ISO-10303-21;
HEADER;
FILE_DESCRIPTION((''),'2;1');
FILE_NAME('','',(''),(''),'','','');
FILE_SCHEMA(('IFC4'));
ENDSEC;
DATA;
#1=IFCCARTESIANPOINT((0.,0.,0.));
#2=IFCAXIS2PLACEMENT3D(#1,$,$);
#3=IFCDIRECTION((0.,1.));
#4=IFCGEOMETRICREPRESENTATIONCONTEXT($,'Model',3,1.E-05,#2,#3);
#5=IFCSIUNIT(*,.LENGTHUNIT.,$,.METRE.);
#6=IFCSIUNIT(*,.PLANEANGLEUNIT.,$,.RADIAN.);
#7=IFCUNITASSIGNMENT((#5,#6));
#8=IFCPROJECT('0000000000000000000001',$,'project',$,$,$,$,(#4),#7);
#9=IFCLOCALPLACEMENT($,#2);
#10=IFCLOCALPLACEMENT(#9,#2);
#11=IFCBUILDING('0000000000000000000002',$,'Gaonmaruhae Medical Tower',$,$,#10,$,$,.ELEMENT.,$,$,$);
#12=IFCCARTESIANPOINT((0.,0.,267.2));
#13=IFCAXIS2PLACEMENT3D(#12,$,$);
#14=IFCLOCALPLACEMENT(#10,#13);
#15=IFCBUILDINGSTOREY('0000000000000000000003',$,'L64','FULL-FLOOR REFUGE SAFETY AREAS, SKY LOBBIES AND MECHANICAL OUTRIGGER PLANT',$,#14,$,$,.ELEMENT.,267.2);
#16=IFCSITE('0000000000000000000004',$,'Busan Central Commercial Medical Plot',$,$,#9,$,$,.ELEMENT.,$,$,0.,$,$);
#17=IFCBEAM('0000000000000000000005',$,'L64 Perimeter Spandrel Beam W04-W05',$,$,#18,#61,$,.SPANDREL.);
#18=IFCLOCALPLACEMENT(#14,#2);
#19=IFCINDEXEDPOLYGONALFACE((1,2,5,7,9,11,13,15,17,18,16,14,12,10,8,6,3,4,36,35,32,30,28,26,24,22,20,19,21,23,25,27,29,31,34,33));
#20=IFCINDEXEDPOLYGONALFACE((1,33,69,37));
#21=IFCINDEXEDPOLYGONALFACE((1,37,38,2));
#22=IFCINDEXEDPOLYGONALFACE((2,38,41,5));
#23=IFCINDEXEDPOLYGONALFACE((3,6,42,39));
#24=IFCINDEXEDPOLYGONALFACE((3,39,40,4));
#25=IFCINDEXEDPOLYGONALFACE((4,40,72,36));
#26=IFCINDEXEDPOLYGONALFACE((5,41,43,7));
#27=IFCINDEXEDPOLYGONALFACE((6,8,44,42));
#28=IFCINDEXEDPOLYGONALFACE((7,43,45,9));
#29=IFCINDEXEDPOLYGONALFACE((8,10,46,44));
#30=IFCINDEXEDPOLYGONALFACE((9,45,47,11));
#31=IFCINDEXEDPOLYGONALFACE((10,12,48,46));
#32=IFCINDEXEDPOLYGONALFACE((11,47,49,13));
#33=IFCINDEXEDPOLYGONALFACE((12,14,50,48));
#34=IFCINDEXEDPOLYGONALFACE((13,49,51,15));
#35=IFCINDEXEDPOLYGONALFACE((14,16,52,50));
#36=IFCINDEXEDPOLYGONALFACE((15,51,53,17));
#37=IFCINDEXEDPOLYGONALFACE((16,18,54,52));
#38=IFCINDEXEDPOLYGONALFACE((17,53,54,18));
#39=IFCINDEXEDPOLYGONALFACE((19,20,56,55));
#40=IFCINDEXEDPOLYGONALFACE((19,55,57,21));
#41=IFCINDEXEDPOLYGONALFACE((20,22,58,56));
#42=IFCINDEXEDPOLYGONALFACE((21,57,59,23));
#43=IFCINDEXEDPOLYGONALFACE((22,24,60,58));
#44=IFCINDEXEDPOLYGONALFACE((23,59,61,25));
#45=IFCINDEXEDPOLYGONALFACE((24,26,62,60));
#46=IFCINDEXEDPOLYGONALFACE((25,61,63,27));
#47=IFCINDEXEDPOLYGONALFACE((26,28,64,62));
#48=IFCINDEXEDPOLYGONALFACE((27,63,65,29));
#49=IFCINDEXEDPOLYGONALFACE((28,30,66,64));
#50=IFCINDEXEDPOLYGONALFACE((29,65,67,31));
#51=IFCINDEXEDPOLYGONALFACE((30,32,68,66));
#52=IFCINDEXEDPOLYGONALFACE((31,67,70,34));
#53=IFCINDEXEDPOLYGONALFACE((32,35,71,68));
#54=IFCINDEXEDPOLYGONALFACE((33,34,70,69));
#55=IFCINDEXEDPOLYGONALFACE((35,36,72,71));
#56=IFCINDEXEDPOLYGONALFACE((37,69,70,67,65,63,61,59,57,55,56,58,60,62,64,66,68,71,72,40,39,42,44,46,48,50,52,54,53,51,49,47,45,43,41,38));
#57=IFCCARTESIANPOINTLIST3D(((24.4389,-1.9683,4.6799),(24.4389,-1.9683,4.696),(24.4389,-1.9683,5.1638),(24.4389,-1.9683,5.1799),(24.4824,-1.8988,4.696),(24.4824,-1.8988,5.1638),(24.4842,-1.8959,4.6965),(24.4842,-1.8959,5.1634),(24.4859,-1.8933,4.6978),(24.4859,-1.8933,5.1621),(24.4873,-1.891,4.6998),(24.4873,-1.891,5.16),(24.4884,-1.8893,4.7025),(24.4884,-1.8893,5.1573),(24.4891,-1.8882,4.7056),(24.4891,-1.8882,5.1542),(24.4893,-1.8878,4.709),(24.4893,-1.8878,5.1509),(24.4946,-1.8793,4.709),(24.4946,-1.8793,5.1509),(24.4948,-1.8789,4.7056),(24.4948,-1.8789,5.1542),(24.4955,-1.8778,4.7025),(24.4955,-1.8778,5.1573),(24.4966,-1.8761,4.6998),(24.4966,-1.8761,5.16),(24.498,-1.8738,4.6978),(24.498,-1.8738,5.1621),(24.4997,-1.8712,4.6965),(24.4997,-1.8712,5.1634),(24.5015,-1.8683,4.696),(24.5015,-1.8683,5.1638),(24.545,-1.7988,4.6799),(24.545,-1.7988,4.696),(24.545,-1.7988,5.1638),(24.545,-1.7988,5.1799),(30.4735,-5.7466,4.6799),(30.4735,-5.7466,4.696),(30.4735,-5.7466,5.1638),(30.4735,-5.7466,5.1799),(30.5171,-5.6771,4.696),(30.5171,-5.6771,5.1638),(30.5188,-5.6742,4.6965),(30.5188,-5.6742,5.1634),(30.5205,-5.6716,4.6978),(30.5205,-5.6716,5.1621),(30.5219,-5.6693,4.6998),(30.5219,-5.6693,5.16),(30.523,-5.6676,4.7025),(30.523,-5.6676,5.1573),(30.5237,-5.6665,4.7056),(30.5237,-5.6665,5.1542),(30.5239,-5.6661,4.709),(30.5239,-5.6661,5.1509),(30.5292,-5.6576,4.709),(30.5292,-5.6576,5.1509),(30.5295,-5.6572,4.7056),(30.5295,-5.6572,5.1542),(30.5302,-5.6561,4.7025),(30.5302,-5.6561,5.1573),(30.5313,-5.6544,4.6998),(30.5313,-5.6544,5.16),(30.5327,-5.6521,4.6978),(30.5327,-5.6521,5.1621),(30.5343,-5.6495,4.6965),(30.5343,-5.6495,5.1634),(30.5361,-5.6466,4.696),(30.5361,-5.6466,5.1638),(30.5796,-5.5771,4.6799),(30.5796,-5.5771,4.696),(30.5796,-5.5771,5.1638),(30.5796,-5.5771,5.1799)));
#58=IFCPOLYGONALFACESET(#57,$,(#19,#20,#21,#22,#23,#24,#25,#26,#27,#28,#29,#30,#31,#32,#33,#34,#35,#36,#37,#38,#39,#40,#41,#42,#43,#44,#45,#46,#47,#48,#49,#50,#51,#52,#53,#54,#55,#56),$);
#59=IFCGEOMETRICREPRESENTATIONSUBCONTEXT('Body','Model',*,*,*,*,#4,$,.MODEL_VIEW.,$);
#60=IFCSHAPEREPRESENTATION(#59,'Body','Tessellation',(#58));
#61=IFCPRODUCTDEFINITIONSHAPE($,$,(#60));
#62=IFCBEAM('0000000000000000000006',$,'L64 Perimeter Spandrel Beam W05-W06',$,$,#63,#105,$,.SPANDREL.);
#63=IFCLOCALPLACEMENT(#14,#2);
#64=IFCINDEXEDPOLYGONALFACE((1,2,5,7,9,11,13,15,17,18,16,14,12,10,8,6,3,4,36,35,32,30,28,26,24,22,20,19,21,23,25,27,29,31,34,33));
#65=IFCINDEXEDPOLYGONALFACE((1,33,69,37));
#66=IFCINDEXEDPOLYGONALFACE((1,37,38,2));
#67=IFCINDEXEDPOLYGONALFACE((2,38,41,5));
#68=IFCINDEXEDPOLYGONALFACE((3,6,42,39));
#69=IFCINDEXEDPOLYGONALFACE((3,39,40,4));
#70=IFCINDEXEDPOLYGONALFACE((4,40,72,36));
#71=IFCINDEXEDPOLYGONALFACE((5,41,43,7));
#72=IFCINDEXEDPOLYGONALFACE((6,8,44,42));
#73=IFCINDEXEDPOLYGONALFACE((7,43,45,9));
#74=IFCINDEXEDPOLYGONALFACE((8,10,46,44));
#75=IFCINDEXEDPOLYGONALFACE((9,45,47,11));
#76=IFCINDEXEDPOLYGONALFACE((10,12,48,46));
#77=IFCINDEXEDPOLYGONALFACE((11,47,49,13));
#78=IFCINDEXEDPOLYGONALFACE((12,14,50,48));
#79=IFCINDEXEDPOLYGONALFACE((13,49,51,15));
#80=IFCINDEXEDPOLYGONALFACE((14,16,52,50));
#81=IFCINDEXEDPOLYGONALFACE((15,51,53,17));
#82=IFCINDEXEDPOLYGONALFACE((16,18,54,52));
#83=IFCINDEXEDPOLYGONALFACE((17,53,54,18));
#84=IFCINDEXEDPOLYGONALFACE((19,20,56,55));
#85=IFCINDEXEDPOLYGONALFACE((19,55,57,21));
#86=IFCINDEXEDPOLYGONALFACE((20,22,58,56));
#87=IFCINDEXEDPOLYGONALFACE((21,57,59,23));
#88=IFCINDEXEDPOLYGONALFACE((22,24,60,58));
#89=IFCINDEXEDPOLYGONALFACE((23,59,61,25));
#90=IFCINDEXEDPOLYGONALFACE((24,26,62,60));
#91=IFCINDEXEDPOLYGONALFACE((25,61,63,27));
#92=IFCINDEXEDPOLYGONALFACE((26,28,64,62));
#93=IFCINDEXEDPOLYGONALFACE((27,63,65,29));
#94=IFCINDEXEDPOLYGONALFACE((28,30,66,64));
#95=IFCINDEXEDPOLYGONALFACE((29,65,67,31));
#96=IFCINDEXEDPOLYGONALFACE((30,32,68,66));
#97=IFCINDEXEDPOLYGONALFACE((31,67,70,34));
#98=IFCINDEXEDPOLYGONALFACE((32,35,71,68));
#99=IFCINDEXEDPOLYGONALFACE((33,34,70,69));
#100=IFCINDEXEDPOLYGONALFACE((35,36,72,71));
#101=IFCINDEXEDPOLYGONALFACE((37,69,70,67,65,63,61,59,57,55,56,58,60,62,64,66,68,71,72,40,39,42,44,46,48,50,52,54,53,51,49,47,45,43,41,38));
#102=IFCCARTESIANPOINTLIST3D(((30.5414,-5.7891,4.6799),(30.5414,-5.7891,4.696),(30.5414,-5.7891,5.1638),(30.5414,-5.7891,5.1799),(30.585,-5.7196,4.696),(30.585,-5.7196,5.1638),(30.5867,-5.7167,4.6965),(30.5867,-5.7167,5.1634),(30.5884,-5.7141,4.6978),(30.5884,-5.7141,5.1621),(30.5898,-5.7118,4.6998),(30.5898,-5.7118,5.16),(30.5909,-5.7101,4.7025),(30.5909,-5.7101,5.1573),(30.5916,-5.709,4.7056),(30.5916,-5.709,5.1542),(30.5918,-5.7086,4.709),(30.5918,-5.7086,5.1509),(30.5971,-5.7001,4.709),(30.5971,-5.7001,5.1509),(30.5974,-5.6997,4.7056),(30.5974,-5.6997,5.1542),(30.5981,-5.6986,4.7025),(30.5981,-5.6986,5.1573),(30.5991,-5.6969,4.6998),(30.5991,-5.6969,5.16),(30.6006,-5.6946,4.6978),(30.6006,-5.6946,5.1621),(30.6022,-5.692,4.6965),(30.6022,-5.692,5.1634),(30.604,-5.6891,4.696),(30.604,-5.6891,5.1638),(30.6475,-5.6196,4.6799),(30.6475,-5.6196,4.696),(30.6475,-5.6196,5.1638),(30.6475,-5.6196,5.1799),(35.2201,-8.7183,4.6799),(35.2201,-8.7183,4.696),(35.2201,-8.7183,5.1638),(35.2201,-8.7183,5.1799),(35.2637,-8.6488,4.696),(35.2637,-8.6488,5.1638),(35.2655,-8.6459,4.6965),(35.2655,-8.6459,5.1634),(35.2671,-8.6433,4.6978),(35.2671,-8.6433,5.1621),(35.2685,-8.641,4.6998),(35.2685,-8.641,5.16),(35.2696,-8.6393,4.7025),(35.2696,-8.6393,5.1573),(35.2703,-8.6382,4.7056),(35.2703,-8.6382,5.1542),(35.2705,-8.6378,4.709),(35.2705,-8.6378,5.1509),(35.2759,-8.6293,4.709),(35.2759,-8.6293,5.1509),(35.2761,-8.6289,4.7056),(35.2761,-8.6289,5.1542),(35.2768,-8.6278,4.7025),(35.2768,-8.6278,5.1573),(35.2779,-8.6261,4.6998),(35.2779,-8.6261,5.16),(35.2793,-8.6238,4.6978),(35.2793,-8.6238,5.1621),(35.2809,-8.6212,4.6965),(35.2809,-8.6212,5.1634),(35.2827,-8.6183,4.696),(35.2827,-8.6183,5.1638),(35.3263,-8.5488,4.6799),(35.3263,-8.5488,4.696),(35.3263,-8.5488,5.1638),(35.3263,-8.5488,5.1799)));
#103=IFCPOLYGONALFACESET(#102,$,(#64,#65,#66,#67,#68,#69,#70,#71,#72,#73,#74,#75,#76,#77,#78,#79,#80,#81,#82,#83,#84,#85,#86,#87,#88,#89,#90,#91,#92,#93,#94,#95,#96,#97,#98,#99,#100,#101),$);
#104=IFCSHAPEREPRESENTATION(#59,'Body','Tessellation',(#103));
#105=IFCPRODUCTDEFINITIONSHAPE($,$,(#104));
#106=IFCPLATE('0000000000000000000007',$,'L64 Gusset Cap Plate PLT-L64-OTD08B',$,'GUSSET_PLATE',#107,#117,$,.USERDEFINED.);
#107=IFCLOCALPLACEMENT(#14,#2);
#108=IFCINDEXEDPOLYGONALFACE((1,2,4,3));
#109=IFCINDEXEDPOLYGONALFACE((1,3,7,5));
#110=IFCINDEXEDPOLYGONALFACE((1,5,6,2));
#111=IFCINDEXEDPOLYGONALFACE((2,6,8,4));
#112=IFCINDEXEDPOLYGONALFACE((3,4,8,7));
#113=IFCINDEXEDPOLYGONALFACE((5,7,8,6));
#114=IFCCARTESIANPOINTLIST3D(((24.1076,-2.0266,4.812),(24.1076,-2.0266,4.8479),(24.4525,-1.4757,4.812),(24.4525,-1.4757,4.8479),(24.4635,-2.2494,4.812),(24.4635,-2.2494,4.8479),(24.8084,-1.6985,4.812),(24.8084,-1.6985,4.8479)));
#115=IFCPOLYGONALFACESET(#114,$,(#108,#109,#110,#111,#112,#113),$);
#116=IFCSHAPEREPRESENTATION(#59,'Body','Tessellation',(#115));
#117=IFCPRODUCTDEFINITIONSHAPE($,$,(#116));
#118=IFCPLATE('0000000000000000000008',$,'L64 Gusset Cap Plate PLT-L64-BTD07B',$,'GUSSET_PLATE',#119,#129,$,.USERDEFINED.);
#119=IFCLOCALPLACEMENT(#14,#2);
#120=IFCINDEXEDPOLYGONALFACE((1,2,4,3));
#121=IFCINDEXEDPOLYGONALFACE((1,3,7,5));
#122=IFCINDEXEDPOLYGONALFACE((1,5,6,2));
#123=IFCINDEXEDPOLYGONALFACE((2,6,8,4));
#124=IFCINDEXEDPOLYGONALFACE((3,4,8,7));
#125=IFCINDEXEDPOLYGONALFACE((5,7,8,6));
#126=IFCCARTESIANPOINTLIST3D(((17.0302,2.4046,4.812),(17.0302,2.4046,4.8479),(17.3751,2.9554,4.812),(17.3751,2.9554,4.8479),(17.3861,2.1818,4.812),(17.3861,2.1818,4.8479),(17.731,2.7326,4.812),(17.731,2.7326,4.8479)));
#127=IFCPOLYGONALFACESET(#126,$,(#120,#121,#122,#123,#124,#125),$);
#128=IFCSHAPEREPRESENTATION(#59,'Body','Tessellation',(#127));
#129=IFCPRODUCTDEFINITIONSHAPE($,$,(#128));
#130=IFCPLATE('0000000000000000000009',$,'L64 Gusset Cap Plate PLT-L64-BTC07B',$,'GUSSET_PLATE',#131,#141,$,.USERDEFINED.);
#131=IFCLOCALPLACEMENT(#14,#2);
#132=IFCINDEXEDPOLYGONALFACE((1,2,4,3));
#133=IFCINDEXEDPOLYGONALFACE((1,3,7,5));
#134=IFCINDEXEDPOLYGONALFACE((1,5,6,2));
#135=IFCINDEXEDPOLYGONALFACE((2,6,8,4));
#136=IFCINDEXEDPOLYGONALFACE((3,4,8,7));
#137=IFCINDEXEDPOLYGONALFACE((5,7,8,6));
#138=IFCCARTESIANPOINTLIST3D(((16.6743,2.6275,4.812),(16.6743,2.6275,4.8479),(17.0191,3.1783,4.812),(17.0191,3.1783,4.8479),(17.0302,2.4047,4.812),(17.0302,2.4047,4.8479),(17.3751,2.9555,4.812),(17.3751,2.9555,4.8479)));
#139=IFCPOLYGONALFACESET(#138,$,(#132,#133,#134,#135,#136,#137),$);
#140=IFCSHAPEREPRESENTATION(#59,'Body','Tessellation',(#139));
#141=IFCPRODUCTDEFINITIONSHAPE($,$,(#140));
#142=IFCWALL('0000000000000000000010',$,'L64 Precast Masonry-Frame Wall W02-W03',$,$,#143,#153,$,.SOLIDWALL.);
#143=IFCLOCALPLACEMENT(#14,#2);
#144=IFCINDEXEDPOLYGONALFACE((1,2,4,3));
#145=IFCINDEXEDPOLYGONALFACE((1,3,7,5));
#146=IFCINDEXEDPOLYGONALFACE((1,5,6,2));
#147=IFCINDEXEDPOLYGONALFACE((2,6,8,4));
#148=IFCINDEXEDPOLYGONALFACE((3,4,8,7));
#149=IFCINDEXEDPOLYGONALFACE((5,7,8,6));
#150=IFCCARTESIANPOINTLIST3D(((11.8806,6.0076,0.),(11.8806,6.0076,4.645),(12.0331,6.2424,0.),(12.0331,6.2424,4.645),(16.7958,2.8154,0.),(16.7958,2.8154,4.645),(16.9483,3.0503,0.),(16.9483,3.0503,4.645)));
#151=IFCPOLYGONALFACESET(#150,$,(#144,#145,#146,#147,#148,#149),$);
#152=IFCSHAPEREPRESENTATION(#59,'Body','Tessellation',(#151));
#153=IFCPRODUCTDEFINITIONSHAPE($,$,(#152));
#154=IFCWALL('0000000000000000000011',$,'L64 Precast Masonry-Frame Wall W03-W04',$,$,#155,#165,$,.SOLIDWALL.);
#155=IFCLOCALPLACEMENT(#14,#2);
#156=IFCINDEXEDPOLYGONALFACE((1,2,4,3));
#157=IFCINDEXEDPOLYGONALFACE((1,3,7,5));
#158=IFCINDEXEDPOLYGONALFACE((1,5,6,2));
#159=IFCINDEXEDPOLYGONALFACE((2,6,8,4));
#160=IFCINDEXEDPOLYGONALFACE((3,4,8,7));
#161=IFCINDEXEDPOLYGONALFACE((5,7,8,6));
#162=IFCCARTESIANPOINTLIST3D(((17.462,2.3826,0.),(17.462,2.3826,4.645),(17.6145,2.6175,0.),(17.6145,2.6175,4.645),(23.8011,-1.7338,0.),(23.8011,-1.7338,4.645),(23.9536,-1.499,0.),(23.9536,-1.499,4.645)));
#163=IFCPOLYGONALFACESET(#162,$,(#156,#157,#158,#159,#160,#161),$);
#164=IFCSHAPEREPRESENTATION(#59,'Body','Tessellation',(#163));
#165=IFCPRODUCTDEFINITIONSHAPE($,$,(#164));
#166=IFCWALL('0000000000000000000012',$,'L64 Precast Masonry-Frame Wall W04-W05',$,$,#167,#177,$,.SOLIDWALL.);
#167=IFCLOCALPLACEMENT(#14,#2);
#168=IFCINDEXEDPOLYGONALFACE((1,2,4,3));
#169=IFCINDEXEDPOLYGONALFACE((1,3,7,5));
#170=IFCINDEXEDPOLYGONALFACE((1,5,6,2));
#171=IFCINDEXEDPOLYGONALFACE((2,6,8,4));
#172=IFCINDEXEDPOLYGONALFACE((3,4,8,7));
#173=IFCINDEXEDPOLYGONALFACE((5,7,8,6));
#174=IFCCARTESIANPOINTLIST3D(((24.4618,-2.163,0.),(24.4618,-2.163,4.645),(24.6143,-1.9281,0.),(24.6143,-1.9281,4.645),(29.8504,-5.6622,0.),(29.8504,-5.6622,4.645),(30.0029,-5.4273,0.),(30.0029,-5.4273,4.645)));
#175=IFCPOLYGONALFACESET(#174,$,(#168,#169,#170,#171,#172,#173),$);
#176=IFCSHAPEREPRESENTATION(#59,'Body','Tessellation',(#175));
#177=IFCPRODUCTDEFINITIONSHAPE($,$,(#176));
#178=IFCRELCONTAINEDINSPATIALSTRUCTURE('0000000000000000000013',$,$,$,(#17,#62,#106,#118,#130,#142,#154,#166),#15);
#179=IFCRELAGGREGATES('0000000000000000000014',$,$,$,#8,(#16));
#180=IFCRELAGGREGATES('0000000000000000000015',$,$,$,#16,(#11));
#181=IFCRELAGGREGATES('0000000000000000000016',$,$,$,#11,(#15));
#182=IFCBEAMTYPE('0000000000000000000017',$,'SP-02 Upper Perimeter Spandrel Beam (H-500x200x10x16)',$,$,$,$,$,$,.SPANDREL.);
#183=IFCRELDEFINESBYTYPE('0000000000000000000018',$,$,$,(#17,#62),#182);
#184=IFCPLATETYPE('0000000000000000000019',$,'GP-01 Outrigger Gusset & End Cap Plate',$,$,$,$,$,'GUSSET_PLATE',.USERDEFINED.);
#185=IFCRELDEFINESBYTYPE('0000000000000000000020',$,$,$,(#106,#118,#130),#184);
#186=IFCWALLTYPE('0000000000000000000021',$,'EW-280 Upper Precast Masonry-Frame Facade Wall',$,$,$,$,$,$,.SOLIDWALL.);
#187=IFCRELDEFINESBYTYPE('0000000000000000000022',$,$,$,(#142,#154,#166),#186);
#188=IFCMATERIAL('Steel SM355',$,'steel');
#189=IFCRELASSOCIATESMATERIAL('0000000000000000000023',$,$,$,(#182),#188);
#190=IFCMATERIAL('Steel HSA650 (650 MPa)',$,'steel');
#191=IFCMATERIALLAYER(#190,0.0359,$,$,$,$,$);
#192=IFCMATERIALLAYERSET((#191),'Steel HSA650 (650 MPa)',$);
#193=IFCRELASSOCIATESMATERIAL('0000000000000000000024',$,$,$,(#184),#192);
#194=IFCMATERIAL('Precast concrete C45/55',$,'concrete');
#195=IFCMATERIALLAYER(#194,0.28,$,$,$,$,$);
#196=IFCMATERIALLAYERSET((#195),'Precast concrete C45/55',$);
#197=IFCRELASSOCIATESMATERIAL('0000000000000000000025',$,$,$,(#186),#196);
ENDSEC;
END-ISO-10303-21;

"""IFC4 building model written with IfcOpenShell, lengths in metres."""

from ifc_helpers import new_model, si_unit, direction, frame, frame_2d, origin, origin_2d, place, context, subcontext, project, spatial, rectangle, i_section, extrude, material, layer, layer_set, material_profile, profile_set, type_object, element, save


model = new_model("IFC4")

# Units and contexts
model_context = context("Model", 3, precision=1e-05, world=origin(), true_north=direction((0.0, 1.0)))
body_context = subcontext(model_context, "Body", "Model", "MODEL_VIEW")
ifc_project = project(units=[si_unit("LENGTHUNIT", "METRE"), si_unit("PLANEANGLEUNIT", "RADIAN")], contexts=[model_context])

# Site, building, storey
site_placement = place(None, origin())
site = spatial("IfcSite", under=ifc_project, at=site_placement, Name="Busan Central Commercial Medical Plot", CompositionType="ELEMENT", RefElevation=0.0)
building_placement = place(site_placement, origin())
building = spatial("IfcBuilding", under=site, at=building_placement, Name="Gaonmaruhae Medical Tower", CompositionType="ELEMENT")
storey_placement = place(building_placement, frame((0.0, 0.0, 267.2)))
storey = spatial("IfcBuildingStorey", under=building, at=storey_placement, Name="L64", Description="FULL-FLOOR REFUGE SAFETY AREAS, SKY LOBBIES AND MECHANICAL OUTRIGGER PLANT", CompositionType="ELEMENT", Elevation=267.2)

# Shared definitions
ifc_material_1 = material(Name="Steel HSA650 (650 MPa)", Category="steel")

# Beams
ifc_material_2 = material(Name="Steel SM355", Category="steel")
ifc_material_profile_1 = material_profile(ifc_material_2, i_section(OverallWidth=0.2, OverallDepth=0.5, WebThickness=0.01, FlangeThickness=0.0161, FilletRadius=0.0129, at=origin_2d()), Name="H-500x200x10x16")
ifc_profile_set_1 = profile_set([ifc_material_profile_1], Name="Steel SM355")
beam_type_1 = type_object("IfcBeamType", Name="SP-02 Upper Perimeter Spandrel Beam (H-500x200x10x16)", PredefinedType="SPANDREL", material=ifc_profile_set_1)
beam_1_placement = place(storey_placement, frame((24.4919, -1.8835, 4.9299), z_axis=(0.847578, -0.530671, 0.0), x_axis=(0.530671, 0.847578, 0.0)))
element("IfcBeam", 1, at=beam_1_placement, inside=storey, type_object=beam_type_1, Name="L64 Perimeter Spandrel Beam W04-W05", PredefinedType="SPANDREL", context=body_context, shape_type="SweptSolid", body=[
    extrude(i_section(OverallWidth=0.2, OverallDepth=0.5, WebThickness=0.01, FlangeThickness=0.0161, FilletRadius=0.0129, at=origin_2d()), origin(), (0.0, 0.0, 1.0), 7.1199),
])
beam_2_placement = place(storey_placement, frame((30.5945, -5.7043, 4.9299), z_axis=(0.847591, -0.530651, 0.0), x_axis=(0.530651, 0.847591, 0.0)))
element("IfcBeam", 2, at=beam_2_placement, inside=storey, type_object=beam_type_1, Name="L64 Perimeter Spandrel Beam W05-W06", PredefinedType="SPANDREL", context=body_context, shape_type="SweptSolid", body=[
    extrude(i_section(OverallWidth=0.2, OverallDepth=0.5, WebThickness=0.01, FlangeThickness=0.0161, FilletRadius=0.0129, at=origin_2d()), origin(), (0.0, 0.0, 1.0), 5.52),
])

# Plates
ifc_layer_1 = layer(ifc_material_1, 0.0359)
ifc_layer_set_1 = layer_set([ifc_layer_1], Name="Steel HSA650 (650 MPa)")
plate_type = type_object("IfcPlateType", Name="GP-01 Outrigger Gusset & End Cap Plate", ElementType="GUSSET_PLATE", PredefinedType="USERDEFINED", material=ifc_layer_set_1)
for number, where, z_axis, x_axis, name in (
    (3, (24.458, -1.8625, 4.812), (0.0, 0.0, 1.0), (0.530659, 0.847585, 0.0), "L64 Gusset Cap Plate PLT-L64-OTD08B"),
    (4, (17.3806, 2.5686, 4.812), (0.0, 0.0, 1.0), (0.530659, 0.847585, 0.0), "L64 Gusset Cap Plate PLT-L64-BTD07B"),
    (5, (17.0247, 2.7915, 4.812), (0.0, 0.0, 1.0), (0.530659, 0.847585, 0.0), "L64 Gusset Cap Plate PLT-L64-BTC07B"),
):
    element("IfcPlate", number, at=place(storey_placement, frame(where, z_axis=z_axis, x_axis=x_axis)), inside=storey, type_object=plate_type, Name=name, ObjectType="GUSSET_PLATE", PredefinedType="USERDEFINED", context=body_context, shape_type="SweptSolid", body=[
        extrude(rectangle(XDim=0.6499, YDim=0.4199, at=origin_2d()), origin(), (0.0, 0.0, 1.0), 0.0359),
    ])

# Walls
ifc_material_3 = material(Name="Precast concrete C45/55", Category="concrete")
ifc_layer_2 = layer(ifc_material_3, 0.28)
ifc_layer_set_2 = layer_set([ifc_layer_2], Name="Precast concrete C45/55")
wall_type_1 = type_object("IfcWallType", Name="EW-280 Upper Precast Masonry-Frame Facade Wall", PredefinedType="SOLIDWALL", material=ifc_layer_set_2)
wall_1_placement = place(storey_placement, frame((16.8721, 2.9329, 0.0), z_axis=(0.0, 0.0, 1.0), x_axis=(-0.838661, 0.544653, 0.0)))
element("IfcWall", 6, at=wall_1_placement, inside=storey, type_object=wall_type_1, Name="L64 Precast Masonry-Frame Wall W02-W03", PredefinedType="SOLIDWALL", context=body_context, shape_type="SweptSolid", body=[
    extrude(rectangle(XDim=5.8608, YDim=0.28, at=frame_2d((2.9304, 0.0))), origin(), (0.0, 0.0, 1.0), 4.645),
])
wall_2_placement = place(storey_placement, frame((23.8774, -1.6165, 0.0), z_axis=(0.0, 0.0, 1.0), x_axis=(-0.838683, 0.544619, 0.0)))
element("IfcWall", 7, at=wall_2_placement, inside=storey, type_object=wall_type_1, Name="L64 Precast Masonry-Frame Wall W03-W04", PredefinedType="SOLIDWALL", context=body_context, shape_type="SweptSolid", body=[
    extrude(rectangle(XDim=7.5583, YDim=0.28, at=frame_2d((3.7793, 0.0))), origin(), (0.0, 0.0, 1.0), 4.645),
])
wall_3_placement = place(storey_placement, frame((29.9265, -5.5447, 0.0), z_axis=(0.0, 0.0, 1.0), x_axis=(-0.838683, 0.54462, 0.0)))
element("IfcWall", 8, at=wall_3_placement, inside=storey, type_object=wall_type_1, Name="L64 Precast Masonry-Frame Wall W04-W05", PredefinedType="SOLIDWALL", context=body_context, shape_type="SweptSolid", body=[
    extrude(rectangle(XDim=6.425, YDim=0.28, at=frame_2d((3.2124, 0.0))), origin(), (0.0, 0.0, 1.0), 4.645),
])

save(model, "model.ifc")
